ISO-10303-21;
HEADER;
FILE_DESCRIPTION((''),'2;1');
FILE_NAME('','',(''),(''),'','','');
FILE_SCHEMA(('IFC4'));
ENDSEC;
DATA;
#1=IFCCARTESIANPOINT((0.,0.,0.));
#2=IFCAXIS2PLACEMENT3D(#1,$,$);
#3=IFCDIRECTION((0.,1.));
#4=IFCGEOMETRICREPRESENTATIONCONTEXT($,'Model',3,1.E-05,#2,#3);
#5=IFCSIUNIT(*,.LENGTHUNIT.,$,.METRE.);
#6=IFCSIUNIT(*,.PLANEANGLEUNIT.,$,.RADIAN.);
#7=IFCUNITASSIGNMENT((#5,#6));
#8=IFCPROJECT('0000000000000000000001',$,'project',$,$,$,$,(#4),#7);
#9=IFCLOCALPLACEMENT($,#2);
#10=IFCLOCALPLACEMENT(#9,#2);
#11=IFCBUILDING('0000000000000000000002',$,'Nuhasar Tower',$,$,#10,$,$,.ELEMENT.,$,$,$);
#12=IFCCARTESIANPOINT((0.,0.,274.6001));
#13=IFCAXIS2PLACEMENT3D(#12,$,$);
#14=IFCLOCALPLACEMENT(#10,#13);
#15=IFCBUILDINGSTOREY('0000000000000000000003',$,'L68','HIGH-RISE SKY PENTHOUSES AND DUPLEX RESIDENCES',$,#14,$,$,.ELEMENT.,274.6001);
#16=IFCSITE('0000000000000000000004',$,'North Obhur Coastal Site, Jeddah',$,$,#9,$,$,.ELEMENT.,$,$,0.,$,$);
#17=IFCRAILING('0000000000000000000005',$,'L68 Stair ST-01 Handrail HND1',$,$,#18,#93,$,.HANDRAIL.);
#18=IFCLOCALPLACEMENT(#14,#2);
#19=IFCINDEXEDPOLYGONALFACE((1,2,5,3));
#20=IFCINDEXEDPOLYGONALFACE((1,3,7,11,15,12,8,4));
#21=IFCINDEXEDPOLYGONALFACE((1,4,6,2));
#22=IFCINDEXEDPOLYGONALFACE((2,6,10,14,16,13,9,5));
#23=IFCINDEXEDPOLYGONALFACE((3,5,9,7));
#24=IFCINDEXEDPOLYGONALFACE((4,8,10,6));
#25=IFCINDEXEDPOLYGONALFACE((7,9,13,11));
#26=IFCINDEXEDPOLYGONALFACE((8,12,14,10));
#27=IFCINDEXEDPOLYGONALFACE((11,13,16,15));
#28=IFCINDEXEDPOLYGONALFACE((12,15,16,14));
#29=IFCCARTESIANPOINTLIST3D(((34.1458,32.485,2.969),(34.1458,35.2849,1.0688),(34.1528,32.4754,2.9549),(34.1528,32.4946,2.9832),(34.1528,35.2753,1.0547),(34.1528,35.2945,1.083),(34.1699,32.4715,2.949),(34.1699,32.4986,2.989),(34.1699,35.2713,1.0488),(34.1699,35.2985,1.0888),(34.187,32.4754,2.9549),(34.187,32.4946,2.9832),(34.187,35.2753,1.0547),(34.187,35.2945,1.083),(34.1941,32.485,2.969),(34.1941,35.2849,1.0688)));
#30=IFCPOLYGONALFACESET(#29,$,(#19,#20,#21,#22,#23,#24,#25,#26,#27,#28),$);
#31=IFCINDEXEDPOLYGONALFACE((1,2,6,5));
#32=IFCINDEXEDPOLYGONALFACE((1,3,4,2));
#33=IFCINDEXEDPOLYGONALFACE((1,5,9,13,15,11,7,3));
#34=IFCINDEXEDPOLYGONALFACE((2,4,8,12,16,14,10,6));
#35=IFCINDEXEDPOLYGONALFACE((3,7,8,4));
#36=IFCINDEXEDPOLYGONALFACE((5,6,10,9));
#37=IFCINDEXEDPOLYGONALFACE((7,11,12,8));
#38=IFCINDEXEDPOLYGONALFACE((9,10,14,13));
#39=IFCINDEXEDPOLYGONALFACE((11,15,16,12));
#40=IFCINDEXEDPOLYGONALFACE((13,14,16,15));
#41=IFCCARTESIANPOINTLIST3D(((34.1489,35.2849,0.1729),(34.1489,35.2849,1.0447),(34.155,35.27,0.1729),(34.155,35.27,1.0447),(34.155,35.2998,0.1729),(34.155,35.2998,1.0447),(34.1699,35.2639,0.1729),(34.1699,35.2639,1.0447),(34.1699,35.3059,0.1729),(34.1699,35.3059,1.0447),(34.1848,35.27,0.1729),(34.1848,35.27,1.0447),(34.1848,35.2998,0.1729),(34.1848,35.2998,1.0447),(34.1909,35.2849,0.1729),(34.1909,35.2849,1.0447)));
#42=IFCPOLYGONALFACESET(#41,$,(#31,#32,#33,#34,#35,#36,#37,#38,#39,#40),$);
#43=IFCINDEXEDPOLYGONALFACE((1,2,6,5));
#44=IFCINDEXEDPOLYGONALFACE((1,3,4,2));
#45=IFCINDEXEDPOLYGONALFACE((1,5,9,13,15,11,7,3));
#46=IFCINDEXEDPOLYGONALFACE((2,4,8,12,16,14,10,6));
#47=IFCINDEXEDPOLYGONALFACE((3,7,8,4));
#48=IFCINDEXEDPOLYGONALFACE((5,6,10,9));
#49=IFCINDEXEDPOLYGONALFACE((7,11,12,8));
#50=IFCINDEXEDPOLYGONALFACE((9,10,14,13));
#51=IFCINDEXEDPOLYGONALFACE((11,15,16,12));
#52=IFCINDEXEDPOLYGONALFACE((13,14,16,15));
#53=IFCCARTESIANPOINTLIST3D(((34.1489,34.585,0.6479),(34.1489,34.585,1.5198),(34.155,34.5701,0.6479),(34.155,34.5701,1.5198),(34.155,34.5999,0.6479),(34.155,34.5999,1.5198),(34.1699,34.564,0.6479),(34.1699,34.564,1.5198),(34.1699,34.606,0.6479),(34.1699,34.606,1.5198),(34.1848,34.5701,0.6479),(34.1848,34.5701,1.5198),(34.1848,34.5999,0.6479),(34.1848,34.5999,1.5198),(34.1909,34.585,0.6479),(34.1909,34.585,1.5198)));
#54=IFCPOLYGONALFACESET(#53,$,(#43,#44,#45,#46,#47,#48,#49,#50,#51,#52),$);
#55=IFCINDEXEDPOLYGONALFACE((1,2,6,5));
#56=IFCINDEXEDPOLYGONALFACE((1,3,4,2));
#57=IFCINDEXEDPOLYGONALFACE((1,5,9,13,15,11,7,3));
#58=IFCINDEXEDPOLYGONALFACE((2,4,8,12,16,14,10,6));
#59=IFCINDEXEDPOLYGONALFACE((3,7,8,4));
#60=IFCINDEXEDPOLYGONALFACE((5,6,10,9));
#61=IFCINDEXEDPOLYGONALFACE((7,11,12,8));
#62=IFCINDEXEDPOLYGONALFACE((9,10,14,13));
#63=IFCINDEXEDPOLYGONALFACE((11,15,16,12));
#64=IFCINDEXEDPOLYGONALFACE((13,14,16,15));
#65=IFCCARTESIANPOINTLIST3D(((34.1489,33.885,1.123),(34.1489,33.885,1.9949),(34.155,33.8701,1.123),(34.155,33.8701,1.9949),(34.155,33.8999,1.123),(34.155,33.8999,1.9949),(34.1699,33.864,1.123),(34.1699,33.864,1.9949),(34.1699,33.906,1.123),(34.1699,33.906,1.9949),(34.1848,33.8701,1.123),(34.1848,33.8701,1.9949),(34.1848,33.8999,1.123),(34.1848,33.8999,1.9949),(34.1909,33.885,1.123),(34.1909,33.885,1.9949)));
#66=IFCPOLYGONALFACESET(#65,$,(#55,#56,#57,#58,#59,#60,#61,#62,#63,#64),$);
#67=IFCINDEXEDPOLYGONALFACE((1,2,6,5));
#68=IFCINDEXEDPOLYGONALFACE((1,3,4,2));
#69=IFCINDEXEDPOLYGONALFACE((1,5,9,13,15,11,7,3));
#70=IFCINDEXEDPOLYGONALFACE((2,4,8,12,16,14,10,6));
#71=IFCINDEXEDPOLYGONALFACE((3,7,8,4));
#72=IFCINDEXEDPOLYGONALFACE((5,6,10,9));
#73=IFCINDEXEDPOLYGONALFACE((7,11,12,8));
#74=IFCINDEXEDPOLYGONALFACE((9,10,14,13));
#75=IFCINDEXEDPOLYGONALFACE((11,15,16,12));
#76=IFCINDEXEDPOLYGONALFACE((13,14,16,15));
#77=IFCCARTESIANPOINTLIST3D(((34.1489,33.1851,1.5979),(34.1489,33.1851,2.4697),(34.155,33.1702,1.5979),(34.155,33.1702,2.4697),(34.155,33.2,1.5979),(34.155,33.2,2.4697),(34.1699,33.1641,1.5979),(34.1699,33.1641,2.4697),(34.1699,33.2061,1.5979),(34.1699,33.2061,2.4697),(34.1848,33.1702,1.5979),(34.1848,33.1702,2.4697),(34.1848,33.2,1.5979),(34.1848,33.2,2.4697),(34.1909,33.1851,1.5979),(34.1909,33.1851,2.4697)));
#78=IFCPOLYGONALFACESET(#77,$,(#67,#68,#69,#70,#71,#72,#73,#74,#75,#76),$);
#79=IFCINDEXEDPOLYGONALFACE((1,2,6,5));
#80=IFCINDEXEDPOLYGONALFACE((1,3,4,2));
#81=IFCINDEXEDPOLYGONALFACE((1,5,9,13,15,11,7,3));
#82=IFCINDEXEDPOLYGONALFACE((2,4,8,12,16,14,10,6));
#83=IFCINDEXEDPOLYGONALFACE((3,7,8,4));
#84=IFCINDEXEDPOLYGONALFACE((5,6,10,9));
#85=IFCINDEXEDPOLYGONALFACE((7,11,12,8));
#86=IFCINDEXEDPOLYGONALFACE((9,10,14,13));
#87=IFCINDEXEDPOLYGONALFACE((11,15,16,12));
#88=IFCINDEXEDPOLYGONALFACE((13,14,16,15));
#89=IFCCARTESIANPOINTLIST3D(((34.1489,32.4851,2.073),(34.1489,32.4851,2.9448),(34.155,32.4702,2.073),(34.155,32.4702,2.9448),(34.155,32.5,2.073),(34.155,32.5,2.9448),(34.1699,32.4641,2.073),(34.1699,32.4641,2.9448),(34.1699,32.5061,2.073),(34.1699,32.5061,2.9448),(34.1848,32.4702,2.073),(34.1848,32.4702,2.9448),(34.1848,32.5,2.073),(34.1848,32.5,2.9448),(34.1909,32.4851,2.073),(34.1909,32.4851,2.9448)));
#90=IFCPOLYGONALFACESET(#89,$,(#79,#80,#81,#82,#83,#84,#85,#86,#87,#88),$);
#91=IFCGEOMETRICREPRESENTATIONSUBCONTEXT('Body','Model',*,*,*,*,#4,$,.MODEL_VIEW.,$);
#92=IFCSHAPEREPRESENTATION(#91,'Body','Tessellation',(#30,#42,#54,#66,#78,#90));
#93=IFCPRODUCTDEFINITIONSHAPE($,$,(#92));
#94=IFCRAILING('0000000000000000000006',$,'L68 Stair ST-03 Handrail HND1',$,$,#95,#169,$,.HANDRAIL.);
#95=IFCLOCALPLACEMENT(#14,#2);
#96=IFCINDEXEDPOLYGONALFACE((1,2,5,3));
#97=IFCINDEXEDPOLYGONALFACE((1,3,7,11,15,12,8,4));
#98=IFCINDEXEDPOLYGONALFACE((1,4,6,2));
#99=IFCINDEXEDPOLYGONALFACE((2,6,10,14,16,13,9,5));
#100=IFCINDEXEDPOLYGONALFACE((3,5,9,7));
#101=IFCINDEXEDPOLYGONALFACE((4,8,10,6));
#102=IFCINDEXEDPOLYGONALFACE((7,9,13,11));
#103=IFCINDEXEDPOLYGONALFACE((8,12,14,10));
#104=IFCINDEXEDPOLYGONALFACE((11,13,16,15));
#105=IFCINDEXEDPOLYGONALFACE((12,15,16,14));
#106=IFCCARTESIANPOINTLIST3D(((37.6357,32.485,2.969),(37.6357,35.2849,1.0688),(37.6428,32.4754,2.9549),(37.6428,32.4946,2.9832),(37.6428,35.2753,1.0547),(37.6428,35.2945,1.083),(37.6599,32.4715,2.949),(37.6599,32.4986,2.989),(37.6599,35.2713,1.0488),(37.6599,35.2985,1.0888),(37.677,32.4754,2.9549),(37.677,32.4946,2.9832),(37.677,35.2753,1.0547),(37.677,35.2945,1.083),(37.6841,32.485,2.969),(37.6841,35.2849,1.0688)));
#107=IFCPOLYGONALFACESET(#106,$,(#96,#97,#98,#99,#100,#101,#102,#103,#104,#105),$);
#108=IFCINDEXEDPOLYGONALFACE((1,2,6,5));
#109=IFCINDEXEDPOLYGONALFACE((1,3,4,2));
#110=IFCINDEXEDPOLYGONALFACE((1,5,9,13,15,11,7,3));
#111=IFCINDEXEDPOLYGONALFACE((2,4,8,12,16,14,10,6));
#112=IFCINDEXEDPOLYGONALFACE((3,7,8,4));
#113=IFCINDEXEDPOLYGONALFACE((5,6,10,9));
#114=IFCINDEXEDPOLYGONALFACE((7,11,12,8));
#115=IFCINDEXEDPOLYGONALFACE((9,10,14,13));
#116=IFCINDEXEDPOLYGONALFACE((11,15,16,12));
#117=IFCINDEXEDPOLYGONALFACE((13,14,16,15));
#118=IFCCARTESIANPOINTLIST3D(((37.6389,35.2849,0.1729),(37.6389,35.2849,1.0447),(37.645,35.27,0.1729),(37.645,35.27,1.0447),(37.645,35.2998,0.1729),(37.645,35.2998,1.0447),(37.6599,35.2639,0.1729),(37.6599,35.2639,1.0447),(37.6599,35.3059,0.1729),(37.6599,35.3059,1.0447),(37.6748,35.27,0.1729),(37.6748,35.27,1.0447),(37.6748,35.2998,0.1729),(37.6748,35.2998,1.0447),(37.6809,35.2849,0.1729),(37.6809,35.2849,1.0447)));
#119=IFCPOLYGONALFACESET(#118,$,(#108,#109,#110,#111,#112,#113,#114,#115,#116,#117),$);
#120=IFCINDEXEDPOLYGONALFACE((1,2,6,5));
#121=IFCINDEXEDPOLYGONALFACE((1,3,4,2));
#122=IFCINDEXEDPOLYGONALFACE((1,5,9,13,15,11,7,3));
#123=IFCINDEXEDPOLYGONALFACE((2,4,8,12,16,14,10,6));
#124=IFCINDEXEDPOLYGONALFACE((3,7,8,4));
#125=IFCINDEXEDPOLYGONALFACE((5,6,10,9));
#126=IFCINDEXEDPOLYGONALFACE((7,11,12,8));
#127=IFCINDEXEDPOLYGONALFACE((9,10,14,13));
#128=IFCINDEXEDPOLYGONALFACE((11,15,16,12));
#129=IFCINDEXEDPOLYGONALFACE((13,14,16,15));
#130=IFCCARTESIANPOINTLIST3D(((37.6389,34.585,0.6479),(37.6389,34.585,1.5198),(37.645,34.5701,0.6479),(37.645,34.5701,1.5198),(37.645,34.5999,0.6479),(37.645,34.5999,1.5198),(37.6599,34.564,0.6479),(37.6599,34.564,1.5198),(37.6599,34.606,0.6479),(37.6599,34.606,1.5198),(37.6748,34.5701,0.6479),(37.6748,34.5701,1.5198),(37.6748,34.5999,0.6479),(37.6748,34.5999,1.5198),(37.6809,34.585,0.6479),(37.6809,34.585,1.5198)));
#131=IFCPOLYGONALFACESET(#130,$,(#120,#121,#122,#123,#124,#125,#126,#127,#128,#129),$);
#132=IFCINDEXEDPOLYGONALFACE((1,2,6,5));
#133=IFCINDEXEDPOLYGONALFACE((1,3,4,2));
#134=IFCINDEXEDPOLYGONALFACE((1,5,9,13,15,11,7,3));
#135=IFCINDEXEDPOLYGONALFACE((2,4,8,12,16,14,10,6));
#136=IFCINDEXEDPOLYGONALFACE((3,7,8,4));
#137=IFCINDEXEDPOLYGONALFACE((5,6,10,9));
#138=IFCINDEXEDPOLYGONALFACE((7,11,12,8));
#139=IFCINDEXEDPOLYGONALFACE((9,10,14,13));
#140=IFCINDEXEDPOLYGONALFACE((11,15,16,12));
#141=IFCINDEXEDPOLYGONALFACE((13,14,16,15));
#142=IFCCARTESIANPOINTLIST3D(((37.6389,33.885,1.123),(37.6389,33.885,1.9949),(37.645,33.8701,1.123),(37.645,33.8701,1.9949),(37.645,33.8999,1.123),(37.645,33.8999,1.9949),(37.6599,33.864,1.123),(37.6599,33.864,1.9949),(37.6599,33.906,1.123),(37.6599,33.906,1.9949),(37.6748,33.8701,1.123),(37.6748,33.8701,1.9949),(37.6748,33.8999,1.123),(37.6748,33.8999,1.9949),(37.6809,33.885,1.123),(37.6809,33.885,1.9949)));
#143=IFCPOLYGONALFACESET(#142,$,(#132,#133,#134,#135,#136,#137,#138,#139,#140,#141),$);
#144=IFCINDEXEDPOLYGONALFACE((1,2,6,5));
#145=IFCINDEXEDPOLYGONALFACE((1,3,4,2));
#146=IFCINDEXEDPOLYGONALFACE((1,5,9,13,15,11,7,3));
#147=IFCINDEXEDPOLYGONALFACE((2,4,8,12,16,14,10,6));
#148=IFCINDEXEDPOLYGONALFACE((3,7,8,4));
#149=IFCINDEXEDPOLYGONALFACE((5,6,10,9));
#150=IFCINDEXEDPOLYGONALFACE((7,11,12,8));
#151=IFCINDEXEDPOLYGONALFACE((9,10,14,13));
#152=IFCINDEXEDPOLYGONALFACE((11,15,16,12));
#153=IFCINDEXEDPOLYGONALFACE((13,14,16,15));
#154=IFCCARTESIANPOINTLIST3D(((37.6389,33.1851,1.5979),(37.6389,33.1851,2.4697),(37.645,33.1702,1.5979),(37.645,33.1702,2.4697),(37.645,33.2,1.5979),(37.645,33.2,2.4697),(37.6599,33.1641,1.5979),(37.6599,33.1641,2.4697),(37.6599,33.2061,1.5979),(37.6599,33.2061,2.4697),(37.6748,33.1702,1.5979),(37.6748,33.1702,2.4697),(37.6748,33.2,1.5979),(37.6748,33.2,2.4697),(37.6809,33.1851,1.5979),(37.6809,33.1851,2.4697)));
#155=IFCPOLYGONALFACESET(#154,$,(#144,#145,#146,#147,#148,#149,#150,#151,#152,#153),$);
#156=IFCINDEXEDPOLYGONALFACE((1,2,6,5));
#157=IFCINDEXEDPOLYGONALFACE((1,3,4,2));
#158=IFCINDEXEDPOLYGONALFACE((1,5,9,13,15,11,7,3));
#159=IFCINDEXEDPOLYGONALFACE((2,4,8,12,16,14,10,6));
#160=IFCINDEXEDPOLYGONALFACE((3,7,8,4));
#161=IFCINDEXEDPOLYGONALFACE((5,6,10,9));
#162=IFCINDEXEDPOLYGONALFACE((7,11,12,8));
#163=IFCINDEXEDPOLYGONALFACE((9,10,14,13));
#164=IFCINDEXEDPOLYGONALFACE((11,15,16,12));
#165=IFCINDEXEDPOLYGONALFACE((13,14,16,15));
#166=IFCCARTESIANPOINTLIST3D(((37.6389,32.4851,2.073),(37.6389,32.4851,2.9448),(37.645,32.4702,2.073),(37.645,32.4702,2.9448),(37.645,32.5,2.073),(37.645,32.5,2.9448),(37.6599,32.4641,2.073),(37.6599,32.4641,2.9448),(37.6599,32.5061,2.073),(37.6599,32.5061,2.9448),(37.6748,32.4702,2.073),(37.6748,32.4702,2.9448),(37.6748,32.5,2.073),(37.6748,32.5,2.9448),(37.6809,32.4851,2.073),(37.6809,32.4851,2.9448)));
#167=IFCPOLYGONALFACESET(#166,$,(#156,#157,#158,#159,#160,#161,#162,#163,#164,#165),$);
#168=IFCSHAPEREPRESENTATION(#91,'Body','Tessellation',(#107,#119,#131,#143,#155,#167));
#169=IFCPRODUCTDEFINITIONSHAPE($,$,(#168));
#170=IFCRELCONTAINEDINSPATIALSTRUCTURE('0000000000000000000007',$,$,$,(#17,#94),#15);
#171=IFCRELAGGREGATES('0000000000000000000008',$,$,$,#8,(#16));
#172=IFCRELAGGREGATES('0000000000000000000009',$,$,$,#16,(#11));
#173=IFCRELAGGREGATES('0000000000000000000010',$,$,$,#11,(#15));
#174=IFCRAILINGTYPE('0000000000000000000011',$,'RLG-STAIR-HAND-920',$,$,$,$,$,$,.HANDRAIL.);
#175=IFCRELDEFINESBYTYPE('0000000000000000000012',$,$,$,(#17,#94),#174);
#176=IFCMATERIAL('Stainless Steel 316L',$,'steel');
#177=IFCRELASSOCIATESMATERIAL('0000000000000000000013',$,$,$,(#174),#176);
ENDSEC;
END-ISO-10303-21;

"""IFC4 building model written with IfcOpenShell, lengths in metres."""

from ifc_helpers import new_model, si_unit, direction, frame, origin, place, context, subcontext, project, spatial, polyline, outline, extrude, material, type_object, element, save


model = new_model("IFC4")

# Units and contexts
model_context = context("Model", 3, precision=1e-05, world=origin(), true_north=direction((0.0, 1.0)))
body_context = subcontext(model_context, "Body", "Model", "MODEL_VIEW")
ifc_project = project(units=[si_unit("LENGTHUNIT", "METRE"), si_unit("PLANEANGLEUNIT", "RADIAN")], contexts=[model_context])

# Site, building, storey
site_placement = place(None, origin())
site = spatial("IfcSite", under=ifc_project, at=site_placement, Name="North Obhur Coastal Site, Jeddah", CompositionType="ELEMENT", RefElevation=0.0)
building_placement = place(site_placement, origin())
building = spatial("IfcBuilding", under=site, at=building_placement, Name="Nuhasar Tower", CompositionType="ELEMENT")
storey_placement = place(building_placement, frame((0.0, 0.0, 274.6001)))
storey = spatial("IfcBuildingStorey", under=building, at=storey_placement, Name="L68", Description="HIGH-RISE SKY PENTHOUSES AND DUPLEX RESIDENCES", CompositionType="ELEMENT", Elevation=274.6001)

# Railings
ifc_material_1 = material(Name="Stainless Steel 316L", Category="steel")
railing_type_1 = type_object("IfcRailingType", Name="RLG-STAIR-HAND-920", PredefinedType="HANDRAIL", material=ifc_material_1)
railing_1_placement = place(storey_placement, frame((34.1699, 35.2849, 0.1729)))
element("IfcRailing", 1, at=railing_1_placement, inside=storey, type_object=railing_type_1, Name="L68 Stair ST-01 Handrail HND1", PredefinedType="HANDRAIL", context=body_context, shape_type="SweptSolid", body=[
    extrude(outline(polyline([(0.0242, 0.0), (0.0171, 0.0171), (0.0, 0.0242), (-0.0171, 0.0171), (-0.0242, 0.0), (-0.0171, -0.0171), (0.0, -0.0242), (0.0171, -0.0171), (0.0242, 0.0)])), frame((0.0, 0.0, 0.896), z_axis=(0.0, -0.827437, 0.561558), x_axis=(1.0, 0.0, 0.0)), (0.0, 0.0, 1.0), 3.3838),
    extrude(outline(polyline([(0.021, 0.0), (0.0149, 0.0149), (0.0, 0.021), (-0.0149, 0.0149), (-0.021, 0.0), (-0.0149, -0.0149), (0.0, -0.021), (0.0149, -0.0149), (0.021, 0.0)])), origin(), (0.0, 0.0, 1.0), 0.8718),
    extrude(outline(polyline([(0.021, 0.0), (0.0149, 0.0149), (0.0, 0.021), (-0.0149, 0.0149), (-0.021, 0.0), (-0.0149, -0.0149), (0.0, -0.021), (0.0149, -0.0149), (0.021, 0.0)])), frame((0.0, -0.7, 0.4751)), (0.0, 0.0, 1.0), 0.8718),
    extrude(outline(polyline([(0.021, 0.0), (0.0149, 0.0149), (0.0, 0.021), (-0.0149, 0.0149), (-0.021, 0.0), (-0.0149, -0.0149), (0.0, -0.021), (0.0149, -0.0149), (0.021, 0.0)])), frame((0.0, -1.3999, 0.9502)), (0.0, 0.0, 1.0), 0.8718),
    extrude(outline(polyline([(0.021, 0.0), (0.0149, 0.0149), (0.0, 0.021), (-0.0149, 0.0149), (-0.021, 0.0), (-0.0149, -0.0149), (0.0, -0.021), (0.0149, -0.0149), (0.021, 0.0)])), frame((0.0, -2.0999, 1.425)), (0.0, 0.0, 1.0), 0.8718),
    extrude(outline(polyline([(0.021, 0.0), (0.0149, 0.0149), (0.0, 0.021), (-0.0149, 0.0149), (-0.021, 0.0), (-0.0149, -0.0149), (0.0, -0.021), (0.0149, -0.0149), (0.021, 0.0)])), frame((0.0, -2.7998, 1.9001)), (0.0, 0.0, 1.0), 0.8718),
])
railing_2_placement = place(storey_placement, frame((37.6599, 35.2849, 0.1729)))
element("IfcRailing", 2, at=railing_2_placement, inside=storey, type_object=railing_type_1, Name="L68 Stair ST-03 Handrail HND1", PredefinedType="HANDRAIL", context=body_context, shape_type="SweptSolid", body=[
    extrude(outline(polyline([(0.0242, 0.0), (0.0171, 0.0171), (0.0, 0.0242), (-0.0171, 0.0171), (-0.0242, 0.0), (-0.0171, -0.0171), (0.0, -0.0242), (0.0171, -0.0171), (0.0242, 0.0)])), frame((0.0, 0.0, 0.896), z_axis=(0.0, -0.827437, 0.561558), x_axis=(1.0, 0.0, 0.0)), (0.0, 0.0, 1.0), 3.3838),
    extrude(outline(polyline([(0.021, 0.0), (0.0149, 0.0149), (0.0, 0.021), (-0.0149, 0.0149), (-0.021, 0.0), (-0.0149, -0.0149), (0.0, -0.021), (0.0149, -0.0149), (0.021, 0.0)])), origin(), (0.0, 0.0, 1.0), 0.8718),
    extrude(outline(polyline([(0.021, 0.0), (0.0149, 0.0149), (0.0, 0.021), (-0.0149, 0.0149), (-0.021, 0.0), (-0.0149, -0.0149), (0.0, -0.021), (0.0149, -0.0149), (0.021, 0.0)])), frame((0.0, -0.7, 0.4751)), (0.0, 0.0, 1.0), 0.8718),
    extrude(outline(polyline([(0.021, 0.0), (0.0149, 0.0149), (0.0, 0.021), (-0.0149, 0.0149), (-0.021, 0.0), (-0.0149, -0.0149), (0.0, -0.021), (0.0149, -0.0149), (0.021, 0.0)])), frame((0.0, -1.3999, 0.9502)), (0.0, 0.0, 1.0), 0.8718),
    extrude(outline(polyline([(0.021, 0.0), (0.0149, 0.0149), (0.0, 0.021), (-0.0149, 0.0149), (-0.021, 0.0), (-0.0149, -0.0149), (0.0, -0.021), (0.0149, -0.0149), (0.021, 0.0)])), frame((0.0, -2.0999, 1.425)), (0.0, 0.0, 1.0), 0.8718),
    extrude(outline(polyline([(0.021, 0.0), (0.0149, 0.0149), (0.0, 0.021), (-0.0149, 0.0149), (-0.021, 0.0), (-0.0149, -0.0149), (0.0, -0.021), (0.0149, -0.0149), (0.021, 0.0)])), frame((0.0, -2.7998, 1.9001)), (0.0, 0.0, 1.0), 0.8718),
])

save(model, "model.ifc")
